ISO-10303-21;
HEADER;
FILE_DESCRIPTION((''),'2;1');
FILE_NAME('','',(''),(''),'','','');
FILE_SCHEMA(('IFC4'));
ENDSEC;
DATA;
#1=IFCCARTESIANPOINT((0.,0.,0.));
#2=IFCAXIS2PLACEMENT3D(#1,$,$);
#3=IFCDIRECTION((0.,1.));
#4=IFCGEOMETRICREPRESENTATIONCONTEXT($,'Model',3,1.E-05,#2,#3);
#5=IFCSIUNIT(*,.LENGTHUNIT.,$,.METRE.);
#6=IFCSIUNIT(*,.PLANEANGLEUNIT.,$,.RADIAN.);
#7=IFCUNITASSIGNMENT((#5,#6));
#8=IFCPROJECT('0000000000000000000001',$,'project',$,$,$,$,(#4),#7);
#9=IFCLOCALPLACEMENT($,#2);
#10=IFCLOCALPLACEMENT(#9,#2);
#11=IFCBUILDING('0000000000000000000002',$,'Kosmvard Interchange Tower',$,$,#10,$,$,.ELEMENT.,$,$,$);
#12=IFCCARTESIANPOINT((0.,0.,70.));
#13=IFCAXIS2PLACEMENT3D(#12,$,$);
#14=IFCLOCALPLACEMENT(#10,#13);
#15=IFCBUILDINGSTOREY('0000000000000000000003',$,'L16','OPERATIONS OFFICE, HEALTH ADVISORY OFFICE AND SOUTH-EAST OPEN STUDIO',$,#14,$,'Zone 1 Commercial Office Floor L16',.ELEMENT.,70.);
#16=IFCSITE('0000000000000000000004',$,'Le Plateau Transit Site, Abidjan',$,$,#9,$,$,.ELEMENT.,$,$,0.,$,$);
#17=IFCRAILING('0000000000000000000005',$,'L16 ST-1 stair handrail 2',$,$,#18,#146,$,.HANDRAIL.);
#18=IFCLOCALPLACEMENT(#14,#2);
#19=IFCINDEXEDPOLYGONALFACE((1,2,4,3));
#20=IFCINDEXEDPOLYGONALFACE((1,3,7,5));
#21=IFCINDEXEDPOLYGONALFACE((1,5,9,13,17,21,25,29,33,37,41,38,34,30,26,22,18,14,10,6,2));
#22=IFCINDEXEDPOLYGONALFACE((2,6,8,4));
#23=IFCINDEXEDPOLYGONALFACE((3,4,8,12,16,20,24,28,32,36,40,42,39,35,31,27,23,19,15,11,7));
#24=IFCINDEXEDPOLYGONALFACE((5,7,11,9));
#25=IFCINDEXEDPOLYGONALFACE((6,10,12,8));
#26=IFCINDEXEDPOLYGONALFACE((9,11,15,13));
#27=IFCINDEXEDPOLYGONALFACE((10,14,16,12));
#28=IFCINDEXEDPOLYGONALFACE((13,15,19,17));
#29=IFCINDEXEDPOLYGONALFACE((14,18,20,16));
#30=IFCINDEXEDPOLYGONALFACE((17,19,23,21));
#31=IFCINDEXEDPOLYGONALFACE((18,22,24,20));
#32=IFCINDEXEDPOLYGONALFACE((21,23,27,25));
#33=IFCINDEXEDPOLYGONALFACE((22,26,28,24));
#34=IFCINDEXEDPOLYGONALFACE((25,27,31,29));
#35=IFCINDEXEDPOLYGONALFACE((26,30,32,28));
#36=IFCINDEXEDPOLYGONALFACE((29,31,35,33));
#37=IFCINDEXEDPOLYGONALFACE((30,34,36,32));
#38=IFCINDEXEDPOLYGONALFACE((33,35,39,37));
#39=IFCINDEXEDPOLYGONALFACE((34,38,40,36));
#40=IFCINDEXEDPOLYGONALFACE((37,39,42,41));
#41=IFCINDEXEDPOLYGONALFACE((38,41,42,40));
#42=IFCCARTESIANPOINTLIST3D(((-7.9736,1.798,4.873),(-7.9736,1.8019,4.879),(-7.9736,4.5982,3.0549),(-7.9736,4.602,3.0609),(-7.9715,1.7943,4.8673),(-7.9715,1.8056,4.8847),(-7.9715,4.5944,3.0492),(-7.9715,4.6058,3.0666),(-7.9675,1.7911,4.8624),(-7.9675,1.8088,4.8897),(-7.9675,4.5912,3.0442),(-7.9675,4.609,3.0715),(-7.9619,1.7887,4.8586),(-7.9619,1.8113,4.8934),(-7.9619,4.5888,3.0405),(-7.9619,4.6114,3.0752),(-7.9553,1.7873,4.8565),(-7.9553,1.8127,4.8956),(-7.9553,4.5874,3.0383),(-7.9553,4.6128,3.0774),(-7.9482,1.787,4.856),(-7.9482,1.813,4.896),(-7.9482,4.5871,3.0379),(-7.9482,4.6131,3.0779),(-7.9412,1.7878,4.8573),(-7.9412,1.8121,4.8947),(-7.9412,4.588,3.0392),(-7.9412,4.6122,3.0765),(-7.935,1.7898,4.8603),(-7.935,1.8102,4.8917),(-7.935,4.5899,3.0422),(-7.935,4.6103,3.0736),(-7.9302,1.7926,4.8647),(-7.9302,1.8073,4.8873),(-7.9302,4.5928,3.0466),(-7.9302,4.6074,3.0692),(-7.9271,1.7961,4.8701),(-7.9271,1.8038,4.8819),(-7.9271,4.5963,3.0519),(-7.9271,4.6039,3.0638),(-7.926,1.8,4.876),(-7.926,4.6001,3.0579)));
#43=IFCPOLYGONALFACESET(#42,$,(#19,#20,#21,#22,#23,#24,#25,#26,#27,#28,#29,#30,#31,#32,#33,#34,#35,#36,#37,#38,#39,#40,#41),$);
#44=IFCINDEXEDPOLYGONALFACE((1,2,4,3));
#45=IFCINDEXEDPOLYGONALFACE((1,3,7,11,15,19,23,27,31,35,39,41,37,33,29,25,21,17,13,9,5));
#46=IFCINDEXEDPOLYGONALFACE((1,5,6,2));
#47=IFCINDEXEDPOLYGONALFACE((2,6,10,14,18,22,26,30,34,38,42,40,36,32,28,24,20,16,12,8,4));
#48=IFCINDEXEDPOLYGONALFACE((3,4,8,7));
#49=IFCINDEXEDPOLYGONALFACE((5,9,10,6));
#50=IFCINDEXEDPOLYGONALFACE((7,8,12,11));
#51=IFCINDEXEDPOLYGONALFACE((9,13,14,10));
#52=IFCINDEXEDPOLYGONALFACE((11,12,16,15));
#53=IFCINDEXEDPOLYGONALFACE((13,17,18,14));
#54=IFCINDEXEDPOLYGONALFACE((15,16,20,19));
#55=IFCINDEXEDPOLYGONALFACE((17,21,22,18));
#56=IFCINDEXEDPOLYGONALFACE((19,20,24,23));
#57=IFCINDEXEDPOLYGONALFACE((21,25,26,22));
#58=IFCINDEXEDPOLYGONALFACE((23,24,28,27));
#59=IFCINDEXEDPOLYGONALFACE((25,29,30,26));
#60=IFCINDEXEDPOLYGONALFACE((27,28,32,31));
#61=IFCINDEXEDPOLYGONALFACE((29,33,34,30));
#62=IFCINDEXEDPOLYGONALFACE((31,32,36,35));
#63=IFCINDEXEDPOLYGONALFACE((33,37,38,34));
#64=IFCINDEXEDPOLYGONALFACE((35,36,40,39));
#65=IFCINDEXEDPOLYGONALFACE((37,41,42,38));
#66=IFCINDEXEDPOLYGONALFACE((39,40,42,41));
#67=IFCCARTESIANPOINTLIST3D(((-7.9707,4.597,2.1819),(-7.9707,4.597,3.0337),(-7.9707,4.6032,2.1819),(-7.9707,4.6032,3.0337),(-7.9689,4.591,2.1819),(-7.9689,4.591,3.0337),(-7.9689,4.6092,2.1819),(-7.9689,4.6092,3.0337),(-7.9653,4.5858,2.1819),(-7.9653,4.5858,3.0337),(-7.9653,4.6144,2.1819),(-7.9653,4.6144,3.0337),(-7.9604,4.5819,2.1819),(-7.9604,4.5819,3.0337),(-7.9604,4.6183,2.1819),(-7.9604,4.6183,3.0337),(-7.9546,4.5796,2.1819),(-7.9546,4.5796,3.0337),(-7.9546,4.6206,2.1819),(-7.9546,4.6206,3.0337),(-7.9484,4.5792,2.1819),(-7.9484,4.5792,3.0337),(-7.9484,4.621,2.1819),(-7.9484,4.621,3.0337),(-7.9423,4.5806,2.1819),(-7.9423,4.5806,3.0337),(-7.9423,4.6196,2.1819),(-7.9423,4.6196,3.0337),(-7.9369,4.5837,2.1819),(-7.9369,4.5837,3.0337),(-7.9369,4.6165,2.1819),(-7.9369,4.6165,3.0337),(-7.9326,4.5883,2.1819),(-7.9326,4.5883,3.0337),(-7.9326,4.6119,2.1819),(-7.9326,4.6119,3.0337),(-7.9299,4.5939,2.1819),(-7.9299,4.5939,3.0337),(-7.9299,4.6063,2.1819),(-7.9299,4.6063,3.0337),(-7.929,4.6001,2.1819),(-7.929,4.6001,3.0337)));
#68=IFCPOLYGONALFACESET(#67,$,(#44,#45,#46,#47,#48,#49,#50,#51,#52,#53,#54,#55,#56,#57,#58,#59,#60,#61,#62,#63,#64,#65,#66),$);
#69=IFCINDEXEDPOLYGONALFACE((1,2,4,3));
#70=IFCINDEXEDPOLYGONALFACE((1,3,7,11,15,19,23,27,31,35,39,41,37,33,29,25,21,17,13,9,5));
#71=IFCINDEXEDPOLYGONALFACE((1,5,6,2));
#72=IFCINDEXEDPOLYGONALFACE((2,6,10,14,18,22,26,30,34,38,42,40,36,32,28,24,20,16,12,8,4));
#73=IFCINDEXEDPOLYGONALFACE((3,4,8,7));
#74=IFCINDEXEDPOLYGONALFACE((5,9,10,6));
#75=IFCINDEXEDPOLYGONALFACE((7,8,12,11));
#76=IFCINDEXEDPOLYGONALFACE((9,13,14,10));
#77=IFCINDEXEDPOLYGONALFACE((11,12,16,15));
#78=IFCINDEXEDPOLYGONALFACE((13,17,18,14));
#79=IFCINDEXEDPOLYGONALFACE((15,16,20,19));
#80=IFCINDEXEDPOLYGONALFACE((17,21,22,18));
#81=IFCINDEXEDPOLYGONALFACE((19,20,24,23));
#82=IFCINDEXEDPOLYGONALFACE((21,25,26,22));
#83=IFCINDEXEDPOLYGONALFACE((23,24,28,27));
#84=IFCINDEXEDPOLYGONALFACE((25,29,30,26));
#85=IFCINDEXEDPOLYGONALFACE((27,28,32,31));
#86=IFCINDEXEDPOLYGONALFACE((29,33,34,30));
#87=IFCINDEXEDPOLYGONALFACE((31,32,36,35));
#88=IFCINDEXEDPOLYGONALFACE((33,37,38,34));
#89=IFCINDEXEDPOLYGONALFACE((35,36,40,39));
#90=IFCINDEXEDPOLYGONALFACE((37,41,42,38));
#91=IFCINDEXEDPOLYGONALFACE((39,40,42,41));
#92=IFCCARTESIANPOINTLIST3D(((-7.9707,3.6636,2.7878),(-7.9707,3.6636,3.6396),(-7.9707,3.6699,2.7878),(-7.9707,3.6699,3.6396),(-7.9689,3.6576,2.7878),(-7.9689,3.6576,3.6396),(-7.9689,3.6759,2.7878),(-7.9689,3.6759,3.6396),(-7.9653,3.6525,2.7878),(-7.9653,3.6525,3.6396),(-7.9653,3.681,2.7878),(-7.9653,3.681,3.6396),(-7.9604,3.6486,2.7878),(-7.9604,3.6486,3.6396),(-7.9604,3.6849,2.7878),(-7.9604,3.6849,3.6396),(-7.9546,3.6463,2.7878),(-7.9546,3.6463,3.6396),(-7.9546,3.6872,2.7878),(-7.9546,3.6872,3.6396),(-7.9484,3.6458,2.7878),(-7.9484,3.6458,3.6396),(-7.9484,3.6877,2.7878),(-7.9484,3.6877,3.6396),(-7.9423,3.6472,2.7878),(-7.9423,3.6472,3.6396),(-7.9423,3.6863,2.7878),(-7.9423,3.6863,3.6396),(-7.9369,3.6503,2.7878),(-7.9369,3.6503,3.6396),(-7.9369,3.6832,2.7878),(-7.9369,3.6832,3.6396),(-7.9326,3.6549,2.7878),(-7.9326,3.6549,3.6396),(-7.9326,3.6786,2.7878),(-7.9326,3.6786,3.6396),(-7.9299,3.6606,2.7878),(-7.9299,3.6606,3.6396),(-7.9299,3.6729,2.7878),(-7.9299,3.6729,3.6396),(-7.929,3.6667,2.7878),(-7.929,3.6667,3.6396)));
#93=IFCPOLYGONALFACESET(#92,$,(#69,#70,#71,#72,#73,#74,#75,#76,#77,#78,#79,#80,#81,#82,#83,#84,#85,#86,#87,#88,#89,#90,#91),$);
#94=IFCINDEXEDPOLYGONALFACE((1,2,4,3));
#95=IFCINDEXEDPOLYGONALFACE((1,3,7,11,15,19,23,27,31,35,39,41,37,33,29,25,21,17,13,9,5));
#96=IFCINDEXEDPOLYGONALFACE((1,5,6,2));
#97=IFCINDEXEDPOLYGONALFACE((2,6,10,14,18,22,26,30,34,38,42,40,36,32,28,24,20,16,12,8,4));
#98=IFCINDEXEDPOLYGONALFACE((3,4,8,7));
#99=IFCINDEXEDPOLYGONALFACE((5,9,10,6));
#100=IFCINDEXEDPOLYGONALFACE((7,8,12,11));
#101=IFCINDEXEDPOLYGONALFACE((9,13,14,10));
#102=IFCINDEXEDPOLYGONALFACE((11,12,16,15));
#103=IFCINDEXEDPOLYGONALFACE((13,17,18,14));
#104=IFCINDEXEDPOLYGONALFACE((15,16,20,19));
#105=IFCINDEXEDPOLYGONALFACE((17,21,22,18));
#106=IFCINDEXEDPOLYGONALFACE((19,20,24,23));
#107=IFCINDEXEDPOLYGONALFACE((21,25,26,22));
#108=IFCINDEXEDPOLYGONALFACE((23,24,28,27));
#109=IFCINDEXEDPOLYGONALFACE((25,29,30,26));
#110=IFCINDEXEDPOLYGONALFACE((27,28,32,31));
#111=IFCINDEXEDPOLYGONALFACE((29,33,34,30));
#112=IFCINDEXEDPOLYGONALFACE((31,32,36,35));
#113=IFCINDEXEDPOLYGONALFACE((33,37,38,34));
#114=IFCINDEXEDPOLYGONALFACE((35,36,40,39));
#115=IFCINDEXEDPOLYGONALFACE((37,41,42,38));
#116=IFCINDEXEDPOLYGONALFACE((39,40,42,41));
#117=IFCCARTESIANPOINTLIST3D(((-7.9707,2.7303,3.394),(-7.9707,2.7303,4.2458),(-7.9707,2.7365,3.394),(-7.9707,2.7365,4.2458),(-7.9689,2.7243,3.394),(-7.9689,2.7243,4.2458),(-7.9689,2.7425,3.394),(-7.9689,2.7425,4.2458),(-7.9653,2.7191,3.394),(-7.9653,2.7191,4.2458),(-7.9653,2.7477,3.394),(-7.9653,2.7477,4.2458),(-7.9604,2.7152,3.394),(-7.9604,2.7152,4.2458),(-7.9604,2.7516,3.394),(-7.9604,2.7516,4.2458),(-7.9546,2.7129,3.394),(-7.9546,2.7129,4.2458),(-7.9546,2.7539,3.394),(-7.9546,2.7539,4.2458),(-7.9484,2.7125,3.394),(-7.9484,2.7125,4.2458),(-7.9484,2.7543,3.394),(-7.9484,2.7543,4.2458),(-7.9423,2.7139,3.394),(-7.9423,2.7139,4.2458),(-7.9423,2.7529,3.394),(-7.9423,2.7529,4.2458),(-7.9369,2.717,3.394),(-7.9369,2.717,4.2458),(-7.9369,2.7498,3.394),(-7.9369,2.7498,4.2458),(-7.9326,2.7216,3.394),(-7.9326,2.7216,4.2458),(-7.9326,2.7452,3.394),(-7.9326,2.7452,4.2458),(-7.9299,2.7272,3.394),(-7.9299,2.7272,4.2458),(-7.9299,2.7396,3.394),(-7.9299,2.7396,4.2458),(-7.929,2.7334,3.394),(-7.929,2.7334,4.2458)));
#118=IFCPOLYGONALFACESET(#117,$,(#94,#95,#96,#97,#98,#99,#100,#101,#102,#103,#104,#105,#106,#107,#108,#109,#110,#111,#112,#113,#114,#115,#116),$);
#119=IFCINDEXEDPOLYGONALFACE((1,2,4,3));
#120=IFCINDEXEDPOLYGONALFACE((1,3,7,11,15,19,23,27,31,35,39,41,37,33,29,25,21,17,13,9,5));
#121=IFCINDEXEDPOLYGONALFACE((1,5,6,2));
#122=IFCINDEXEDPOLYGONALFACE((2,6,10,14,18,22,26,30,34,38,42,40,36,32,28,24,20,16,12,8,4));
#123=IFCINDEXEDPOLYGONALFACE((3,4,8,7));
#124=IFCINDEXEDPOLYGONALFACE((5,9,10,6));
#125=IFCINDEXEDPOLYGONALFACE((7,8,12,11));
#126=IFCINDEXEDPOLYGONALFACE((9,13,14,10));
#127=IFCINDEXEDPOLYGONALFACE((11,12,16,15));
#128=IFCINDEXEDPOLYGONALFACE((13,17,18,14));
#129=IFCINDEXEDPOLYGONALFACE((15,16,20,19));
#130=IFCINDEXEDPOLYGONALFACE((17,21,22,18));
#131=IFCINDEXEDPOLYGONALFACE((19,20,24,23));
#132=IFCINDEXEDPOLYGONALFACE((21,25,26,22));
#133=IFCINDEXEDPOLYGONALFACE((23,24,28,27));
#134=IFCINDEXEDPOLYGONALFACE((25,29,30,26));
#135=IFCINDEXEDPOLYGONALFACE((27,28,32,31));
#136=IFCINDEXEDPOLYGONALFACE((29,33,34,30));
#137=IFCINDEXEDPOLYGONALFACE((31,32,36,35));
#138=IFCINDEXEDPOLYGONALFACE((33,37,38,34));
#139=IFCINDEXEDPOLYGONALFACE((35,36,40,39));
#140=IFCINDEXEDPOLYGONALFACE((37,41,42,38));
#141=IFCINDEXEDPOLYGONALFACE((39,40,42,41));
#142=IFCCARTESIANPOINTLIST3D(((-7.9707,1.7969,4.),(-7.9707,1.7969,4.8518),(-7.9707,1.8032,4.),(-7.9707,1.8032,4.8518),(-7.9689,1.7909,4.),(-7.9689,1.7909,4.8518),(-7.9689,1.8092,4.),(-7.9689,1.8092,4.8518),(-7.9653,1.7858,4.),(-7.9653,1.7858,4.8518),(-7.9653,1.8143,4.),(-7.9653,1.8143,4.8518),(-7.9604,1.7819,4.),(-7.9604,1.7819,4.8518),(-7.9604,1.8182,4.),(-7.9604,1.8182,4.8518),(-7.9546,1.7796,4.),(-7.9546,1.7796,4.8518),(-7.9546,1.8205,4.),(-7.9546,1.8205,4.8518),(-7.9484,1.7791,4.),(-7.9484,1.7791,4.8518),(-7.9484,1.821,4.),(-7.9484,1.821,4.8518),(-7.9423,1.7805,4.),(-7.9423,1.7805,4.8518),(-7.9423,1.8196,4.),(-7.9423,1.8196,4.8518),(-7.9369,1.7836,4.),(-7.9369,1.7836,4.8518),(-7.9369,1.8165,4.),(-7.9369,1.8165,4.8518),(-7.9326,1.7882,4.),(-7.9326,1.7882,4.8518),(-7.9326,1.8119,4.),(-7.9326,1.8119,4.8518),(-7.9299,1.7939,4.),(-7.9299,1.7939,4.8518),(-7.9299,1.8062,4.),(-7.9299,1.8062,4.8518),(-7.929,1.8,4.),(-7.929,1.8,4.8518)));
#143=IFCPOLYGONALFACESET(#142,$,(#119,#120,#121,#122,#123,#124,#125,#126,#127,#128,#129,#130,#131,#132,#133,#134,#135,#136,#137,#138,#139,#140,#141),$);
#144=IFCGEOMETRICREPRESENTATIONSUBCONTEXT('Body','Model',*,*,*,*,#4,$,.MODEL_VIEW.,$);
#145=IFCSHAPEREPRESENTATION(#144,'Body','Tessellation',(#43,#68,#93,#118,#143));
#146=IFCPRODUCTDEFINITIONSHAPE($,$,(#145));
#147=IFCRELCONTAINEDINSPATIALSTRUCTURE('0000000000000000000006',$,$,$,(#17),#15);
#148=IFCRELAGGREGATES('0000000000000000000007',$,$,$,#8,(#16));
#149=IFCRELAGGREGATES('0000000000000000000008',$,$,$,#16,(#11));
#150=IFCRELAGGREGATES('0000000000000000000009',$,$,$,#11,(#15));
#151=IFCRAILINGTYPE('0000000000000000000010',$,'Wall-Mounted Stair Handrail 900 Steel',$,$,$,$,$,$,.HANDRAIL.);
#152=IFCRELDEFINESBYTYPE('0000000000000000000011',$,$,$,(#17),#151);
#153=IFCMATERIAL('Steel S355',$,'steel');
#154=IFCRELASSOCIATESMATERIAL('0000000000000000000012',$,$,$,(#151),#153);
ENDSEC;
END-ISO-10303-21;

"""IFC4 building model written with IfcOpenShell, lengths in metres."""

from ifc_helpers import new_model, si_unit, direction, frame, origin, origin_2d, place, context, subcontext, project, spatial, circle, extrude, source, transform, mapped, material, type_object, element, save


model = new_model("IFC4")

# Units and contexts
model_context = context("Model", 3, precision=1e-05, world=origin(), true_north=direction((0.0, 1.0)))
body_context = subcontext(model_context, "Body", "Model", "MODEL_VIEW")
ifc_project = project(units=[si_unit("LENGTHUNIT", "METRE"), si_unit("PLANEANGLEUNIT", "RADIAN")], contexts=[model_context])

# Site, building, storey
site_placement = place(None, origin())
site = spatial("IfcSite", under=ifc_project, at=site_placement, Name="Le Plateau Transit Site, Abidjan", CompositionType="ELEMENT", RefElevation=0.0)
building_placement = place(site_placement, origin())
building = spatial("IfcBuilding", under=site, at=building_placement, Name="Kosmvard Interchange Tower", CompositionType="ELEMENT")
storey_placement = place(building_placement, frame((0.0, 0.0, 70.0)))
storey = spatial("IfcBuildingStorey", under=building, at=storey_placement, Name="L16", Description="OPERATIONS OFFICE, HEALTH ADVISORY OFFICE AND SOUTH-EAST OPEN STUDIO", LongName="Zone 1 Commercial Office Floor L16", CompositionType="ELEMENT", Elevation=70.0)

# Shared definitions
ifc_material_1 = material(Name="Steel S355", Category="steel")

# Railing
railing_type_1 = type_object("IfcRailingType", Name="Wall-Mounted Stair Handrail 900 Steel", PredefinedType="HANDRAIL", material=ifc_material_1)
shared_shape_1 = source(origin(), body_context, "Body", "SweptSolid", [
    extrude(circle(Radius=0.0239, at=origin_2d()), frame((0.0, 0.0, 0.876), z_axis=(0.0, -0.838706, 0.544585), x_axis=(1.0, 0.0, 0.0)), (0.0, 0.0, 1.0), 3.3386),
    extrude(circle(Radius=0.021, at=origin_2d()), origin(), (0.0, 0.0, 1.0), 0.8518),
    extrude(circle(Radius=0.021, at=origin_2d()), frame((0.0, -0.9333, 0.606)), (0.0, 0.0, 1.0), 0.8518),
    extrude(circle(Radius=0.021, at=origin_2d()), frame((0.0, -1.8667, 1.2122)), (0.0, 0.0, 1.0), 0.8518),
    extrude(circle(Radius=0.021, at=origin_2d()), frame((0.0, -2.8, 1.8181)), (0.0, 0.0, 1.0), 0.8518),
])
railing_1_placement = place(storey_placement, frame((-7.95, 4.6001, 2.1819)))
element("IfcRailing", 1, at=railing_1_placement, inside=storey, type_object=railing_type_1, Name="L16 ST-1 stair handrail 2", PredefinedType="HANDRAIL", context=body_context, shape_type="MappedRepresentation", body=[
    mapped(shared_shape_1, transform((0.0, 0.0, 0.0), scale=1.0)),
])

save(model, "model.ifc")
